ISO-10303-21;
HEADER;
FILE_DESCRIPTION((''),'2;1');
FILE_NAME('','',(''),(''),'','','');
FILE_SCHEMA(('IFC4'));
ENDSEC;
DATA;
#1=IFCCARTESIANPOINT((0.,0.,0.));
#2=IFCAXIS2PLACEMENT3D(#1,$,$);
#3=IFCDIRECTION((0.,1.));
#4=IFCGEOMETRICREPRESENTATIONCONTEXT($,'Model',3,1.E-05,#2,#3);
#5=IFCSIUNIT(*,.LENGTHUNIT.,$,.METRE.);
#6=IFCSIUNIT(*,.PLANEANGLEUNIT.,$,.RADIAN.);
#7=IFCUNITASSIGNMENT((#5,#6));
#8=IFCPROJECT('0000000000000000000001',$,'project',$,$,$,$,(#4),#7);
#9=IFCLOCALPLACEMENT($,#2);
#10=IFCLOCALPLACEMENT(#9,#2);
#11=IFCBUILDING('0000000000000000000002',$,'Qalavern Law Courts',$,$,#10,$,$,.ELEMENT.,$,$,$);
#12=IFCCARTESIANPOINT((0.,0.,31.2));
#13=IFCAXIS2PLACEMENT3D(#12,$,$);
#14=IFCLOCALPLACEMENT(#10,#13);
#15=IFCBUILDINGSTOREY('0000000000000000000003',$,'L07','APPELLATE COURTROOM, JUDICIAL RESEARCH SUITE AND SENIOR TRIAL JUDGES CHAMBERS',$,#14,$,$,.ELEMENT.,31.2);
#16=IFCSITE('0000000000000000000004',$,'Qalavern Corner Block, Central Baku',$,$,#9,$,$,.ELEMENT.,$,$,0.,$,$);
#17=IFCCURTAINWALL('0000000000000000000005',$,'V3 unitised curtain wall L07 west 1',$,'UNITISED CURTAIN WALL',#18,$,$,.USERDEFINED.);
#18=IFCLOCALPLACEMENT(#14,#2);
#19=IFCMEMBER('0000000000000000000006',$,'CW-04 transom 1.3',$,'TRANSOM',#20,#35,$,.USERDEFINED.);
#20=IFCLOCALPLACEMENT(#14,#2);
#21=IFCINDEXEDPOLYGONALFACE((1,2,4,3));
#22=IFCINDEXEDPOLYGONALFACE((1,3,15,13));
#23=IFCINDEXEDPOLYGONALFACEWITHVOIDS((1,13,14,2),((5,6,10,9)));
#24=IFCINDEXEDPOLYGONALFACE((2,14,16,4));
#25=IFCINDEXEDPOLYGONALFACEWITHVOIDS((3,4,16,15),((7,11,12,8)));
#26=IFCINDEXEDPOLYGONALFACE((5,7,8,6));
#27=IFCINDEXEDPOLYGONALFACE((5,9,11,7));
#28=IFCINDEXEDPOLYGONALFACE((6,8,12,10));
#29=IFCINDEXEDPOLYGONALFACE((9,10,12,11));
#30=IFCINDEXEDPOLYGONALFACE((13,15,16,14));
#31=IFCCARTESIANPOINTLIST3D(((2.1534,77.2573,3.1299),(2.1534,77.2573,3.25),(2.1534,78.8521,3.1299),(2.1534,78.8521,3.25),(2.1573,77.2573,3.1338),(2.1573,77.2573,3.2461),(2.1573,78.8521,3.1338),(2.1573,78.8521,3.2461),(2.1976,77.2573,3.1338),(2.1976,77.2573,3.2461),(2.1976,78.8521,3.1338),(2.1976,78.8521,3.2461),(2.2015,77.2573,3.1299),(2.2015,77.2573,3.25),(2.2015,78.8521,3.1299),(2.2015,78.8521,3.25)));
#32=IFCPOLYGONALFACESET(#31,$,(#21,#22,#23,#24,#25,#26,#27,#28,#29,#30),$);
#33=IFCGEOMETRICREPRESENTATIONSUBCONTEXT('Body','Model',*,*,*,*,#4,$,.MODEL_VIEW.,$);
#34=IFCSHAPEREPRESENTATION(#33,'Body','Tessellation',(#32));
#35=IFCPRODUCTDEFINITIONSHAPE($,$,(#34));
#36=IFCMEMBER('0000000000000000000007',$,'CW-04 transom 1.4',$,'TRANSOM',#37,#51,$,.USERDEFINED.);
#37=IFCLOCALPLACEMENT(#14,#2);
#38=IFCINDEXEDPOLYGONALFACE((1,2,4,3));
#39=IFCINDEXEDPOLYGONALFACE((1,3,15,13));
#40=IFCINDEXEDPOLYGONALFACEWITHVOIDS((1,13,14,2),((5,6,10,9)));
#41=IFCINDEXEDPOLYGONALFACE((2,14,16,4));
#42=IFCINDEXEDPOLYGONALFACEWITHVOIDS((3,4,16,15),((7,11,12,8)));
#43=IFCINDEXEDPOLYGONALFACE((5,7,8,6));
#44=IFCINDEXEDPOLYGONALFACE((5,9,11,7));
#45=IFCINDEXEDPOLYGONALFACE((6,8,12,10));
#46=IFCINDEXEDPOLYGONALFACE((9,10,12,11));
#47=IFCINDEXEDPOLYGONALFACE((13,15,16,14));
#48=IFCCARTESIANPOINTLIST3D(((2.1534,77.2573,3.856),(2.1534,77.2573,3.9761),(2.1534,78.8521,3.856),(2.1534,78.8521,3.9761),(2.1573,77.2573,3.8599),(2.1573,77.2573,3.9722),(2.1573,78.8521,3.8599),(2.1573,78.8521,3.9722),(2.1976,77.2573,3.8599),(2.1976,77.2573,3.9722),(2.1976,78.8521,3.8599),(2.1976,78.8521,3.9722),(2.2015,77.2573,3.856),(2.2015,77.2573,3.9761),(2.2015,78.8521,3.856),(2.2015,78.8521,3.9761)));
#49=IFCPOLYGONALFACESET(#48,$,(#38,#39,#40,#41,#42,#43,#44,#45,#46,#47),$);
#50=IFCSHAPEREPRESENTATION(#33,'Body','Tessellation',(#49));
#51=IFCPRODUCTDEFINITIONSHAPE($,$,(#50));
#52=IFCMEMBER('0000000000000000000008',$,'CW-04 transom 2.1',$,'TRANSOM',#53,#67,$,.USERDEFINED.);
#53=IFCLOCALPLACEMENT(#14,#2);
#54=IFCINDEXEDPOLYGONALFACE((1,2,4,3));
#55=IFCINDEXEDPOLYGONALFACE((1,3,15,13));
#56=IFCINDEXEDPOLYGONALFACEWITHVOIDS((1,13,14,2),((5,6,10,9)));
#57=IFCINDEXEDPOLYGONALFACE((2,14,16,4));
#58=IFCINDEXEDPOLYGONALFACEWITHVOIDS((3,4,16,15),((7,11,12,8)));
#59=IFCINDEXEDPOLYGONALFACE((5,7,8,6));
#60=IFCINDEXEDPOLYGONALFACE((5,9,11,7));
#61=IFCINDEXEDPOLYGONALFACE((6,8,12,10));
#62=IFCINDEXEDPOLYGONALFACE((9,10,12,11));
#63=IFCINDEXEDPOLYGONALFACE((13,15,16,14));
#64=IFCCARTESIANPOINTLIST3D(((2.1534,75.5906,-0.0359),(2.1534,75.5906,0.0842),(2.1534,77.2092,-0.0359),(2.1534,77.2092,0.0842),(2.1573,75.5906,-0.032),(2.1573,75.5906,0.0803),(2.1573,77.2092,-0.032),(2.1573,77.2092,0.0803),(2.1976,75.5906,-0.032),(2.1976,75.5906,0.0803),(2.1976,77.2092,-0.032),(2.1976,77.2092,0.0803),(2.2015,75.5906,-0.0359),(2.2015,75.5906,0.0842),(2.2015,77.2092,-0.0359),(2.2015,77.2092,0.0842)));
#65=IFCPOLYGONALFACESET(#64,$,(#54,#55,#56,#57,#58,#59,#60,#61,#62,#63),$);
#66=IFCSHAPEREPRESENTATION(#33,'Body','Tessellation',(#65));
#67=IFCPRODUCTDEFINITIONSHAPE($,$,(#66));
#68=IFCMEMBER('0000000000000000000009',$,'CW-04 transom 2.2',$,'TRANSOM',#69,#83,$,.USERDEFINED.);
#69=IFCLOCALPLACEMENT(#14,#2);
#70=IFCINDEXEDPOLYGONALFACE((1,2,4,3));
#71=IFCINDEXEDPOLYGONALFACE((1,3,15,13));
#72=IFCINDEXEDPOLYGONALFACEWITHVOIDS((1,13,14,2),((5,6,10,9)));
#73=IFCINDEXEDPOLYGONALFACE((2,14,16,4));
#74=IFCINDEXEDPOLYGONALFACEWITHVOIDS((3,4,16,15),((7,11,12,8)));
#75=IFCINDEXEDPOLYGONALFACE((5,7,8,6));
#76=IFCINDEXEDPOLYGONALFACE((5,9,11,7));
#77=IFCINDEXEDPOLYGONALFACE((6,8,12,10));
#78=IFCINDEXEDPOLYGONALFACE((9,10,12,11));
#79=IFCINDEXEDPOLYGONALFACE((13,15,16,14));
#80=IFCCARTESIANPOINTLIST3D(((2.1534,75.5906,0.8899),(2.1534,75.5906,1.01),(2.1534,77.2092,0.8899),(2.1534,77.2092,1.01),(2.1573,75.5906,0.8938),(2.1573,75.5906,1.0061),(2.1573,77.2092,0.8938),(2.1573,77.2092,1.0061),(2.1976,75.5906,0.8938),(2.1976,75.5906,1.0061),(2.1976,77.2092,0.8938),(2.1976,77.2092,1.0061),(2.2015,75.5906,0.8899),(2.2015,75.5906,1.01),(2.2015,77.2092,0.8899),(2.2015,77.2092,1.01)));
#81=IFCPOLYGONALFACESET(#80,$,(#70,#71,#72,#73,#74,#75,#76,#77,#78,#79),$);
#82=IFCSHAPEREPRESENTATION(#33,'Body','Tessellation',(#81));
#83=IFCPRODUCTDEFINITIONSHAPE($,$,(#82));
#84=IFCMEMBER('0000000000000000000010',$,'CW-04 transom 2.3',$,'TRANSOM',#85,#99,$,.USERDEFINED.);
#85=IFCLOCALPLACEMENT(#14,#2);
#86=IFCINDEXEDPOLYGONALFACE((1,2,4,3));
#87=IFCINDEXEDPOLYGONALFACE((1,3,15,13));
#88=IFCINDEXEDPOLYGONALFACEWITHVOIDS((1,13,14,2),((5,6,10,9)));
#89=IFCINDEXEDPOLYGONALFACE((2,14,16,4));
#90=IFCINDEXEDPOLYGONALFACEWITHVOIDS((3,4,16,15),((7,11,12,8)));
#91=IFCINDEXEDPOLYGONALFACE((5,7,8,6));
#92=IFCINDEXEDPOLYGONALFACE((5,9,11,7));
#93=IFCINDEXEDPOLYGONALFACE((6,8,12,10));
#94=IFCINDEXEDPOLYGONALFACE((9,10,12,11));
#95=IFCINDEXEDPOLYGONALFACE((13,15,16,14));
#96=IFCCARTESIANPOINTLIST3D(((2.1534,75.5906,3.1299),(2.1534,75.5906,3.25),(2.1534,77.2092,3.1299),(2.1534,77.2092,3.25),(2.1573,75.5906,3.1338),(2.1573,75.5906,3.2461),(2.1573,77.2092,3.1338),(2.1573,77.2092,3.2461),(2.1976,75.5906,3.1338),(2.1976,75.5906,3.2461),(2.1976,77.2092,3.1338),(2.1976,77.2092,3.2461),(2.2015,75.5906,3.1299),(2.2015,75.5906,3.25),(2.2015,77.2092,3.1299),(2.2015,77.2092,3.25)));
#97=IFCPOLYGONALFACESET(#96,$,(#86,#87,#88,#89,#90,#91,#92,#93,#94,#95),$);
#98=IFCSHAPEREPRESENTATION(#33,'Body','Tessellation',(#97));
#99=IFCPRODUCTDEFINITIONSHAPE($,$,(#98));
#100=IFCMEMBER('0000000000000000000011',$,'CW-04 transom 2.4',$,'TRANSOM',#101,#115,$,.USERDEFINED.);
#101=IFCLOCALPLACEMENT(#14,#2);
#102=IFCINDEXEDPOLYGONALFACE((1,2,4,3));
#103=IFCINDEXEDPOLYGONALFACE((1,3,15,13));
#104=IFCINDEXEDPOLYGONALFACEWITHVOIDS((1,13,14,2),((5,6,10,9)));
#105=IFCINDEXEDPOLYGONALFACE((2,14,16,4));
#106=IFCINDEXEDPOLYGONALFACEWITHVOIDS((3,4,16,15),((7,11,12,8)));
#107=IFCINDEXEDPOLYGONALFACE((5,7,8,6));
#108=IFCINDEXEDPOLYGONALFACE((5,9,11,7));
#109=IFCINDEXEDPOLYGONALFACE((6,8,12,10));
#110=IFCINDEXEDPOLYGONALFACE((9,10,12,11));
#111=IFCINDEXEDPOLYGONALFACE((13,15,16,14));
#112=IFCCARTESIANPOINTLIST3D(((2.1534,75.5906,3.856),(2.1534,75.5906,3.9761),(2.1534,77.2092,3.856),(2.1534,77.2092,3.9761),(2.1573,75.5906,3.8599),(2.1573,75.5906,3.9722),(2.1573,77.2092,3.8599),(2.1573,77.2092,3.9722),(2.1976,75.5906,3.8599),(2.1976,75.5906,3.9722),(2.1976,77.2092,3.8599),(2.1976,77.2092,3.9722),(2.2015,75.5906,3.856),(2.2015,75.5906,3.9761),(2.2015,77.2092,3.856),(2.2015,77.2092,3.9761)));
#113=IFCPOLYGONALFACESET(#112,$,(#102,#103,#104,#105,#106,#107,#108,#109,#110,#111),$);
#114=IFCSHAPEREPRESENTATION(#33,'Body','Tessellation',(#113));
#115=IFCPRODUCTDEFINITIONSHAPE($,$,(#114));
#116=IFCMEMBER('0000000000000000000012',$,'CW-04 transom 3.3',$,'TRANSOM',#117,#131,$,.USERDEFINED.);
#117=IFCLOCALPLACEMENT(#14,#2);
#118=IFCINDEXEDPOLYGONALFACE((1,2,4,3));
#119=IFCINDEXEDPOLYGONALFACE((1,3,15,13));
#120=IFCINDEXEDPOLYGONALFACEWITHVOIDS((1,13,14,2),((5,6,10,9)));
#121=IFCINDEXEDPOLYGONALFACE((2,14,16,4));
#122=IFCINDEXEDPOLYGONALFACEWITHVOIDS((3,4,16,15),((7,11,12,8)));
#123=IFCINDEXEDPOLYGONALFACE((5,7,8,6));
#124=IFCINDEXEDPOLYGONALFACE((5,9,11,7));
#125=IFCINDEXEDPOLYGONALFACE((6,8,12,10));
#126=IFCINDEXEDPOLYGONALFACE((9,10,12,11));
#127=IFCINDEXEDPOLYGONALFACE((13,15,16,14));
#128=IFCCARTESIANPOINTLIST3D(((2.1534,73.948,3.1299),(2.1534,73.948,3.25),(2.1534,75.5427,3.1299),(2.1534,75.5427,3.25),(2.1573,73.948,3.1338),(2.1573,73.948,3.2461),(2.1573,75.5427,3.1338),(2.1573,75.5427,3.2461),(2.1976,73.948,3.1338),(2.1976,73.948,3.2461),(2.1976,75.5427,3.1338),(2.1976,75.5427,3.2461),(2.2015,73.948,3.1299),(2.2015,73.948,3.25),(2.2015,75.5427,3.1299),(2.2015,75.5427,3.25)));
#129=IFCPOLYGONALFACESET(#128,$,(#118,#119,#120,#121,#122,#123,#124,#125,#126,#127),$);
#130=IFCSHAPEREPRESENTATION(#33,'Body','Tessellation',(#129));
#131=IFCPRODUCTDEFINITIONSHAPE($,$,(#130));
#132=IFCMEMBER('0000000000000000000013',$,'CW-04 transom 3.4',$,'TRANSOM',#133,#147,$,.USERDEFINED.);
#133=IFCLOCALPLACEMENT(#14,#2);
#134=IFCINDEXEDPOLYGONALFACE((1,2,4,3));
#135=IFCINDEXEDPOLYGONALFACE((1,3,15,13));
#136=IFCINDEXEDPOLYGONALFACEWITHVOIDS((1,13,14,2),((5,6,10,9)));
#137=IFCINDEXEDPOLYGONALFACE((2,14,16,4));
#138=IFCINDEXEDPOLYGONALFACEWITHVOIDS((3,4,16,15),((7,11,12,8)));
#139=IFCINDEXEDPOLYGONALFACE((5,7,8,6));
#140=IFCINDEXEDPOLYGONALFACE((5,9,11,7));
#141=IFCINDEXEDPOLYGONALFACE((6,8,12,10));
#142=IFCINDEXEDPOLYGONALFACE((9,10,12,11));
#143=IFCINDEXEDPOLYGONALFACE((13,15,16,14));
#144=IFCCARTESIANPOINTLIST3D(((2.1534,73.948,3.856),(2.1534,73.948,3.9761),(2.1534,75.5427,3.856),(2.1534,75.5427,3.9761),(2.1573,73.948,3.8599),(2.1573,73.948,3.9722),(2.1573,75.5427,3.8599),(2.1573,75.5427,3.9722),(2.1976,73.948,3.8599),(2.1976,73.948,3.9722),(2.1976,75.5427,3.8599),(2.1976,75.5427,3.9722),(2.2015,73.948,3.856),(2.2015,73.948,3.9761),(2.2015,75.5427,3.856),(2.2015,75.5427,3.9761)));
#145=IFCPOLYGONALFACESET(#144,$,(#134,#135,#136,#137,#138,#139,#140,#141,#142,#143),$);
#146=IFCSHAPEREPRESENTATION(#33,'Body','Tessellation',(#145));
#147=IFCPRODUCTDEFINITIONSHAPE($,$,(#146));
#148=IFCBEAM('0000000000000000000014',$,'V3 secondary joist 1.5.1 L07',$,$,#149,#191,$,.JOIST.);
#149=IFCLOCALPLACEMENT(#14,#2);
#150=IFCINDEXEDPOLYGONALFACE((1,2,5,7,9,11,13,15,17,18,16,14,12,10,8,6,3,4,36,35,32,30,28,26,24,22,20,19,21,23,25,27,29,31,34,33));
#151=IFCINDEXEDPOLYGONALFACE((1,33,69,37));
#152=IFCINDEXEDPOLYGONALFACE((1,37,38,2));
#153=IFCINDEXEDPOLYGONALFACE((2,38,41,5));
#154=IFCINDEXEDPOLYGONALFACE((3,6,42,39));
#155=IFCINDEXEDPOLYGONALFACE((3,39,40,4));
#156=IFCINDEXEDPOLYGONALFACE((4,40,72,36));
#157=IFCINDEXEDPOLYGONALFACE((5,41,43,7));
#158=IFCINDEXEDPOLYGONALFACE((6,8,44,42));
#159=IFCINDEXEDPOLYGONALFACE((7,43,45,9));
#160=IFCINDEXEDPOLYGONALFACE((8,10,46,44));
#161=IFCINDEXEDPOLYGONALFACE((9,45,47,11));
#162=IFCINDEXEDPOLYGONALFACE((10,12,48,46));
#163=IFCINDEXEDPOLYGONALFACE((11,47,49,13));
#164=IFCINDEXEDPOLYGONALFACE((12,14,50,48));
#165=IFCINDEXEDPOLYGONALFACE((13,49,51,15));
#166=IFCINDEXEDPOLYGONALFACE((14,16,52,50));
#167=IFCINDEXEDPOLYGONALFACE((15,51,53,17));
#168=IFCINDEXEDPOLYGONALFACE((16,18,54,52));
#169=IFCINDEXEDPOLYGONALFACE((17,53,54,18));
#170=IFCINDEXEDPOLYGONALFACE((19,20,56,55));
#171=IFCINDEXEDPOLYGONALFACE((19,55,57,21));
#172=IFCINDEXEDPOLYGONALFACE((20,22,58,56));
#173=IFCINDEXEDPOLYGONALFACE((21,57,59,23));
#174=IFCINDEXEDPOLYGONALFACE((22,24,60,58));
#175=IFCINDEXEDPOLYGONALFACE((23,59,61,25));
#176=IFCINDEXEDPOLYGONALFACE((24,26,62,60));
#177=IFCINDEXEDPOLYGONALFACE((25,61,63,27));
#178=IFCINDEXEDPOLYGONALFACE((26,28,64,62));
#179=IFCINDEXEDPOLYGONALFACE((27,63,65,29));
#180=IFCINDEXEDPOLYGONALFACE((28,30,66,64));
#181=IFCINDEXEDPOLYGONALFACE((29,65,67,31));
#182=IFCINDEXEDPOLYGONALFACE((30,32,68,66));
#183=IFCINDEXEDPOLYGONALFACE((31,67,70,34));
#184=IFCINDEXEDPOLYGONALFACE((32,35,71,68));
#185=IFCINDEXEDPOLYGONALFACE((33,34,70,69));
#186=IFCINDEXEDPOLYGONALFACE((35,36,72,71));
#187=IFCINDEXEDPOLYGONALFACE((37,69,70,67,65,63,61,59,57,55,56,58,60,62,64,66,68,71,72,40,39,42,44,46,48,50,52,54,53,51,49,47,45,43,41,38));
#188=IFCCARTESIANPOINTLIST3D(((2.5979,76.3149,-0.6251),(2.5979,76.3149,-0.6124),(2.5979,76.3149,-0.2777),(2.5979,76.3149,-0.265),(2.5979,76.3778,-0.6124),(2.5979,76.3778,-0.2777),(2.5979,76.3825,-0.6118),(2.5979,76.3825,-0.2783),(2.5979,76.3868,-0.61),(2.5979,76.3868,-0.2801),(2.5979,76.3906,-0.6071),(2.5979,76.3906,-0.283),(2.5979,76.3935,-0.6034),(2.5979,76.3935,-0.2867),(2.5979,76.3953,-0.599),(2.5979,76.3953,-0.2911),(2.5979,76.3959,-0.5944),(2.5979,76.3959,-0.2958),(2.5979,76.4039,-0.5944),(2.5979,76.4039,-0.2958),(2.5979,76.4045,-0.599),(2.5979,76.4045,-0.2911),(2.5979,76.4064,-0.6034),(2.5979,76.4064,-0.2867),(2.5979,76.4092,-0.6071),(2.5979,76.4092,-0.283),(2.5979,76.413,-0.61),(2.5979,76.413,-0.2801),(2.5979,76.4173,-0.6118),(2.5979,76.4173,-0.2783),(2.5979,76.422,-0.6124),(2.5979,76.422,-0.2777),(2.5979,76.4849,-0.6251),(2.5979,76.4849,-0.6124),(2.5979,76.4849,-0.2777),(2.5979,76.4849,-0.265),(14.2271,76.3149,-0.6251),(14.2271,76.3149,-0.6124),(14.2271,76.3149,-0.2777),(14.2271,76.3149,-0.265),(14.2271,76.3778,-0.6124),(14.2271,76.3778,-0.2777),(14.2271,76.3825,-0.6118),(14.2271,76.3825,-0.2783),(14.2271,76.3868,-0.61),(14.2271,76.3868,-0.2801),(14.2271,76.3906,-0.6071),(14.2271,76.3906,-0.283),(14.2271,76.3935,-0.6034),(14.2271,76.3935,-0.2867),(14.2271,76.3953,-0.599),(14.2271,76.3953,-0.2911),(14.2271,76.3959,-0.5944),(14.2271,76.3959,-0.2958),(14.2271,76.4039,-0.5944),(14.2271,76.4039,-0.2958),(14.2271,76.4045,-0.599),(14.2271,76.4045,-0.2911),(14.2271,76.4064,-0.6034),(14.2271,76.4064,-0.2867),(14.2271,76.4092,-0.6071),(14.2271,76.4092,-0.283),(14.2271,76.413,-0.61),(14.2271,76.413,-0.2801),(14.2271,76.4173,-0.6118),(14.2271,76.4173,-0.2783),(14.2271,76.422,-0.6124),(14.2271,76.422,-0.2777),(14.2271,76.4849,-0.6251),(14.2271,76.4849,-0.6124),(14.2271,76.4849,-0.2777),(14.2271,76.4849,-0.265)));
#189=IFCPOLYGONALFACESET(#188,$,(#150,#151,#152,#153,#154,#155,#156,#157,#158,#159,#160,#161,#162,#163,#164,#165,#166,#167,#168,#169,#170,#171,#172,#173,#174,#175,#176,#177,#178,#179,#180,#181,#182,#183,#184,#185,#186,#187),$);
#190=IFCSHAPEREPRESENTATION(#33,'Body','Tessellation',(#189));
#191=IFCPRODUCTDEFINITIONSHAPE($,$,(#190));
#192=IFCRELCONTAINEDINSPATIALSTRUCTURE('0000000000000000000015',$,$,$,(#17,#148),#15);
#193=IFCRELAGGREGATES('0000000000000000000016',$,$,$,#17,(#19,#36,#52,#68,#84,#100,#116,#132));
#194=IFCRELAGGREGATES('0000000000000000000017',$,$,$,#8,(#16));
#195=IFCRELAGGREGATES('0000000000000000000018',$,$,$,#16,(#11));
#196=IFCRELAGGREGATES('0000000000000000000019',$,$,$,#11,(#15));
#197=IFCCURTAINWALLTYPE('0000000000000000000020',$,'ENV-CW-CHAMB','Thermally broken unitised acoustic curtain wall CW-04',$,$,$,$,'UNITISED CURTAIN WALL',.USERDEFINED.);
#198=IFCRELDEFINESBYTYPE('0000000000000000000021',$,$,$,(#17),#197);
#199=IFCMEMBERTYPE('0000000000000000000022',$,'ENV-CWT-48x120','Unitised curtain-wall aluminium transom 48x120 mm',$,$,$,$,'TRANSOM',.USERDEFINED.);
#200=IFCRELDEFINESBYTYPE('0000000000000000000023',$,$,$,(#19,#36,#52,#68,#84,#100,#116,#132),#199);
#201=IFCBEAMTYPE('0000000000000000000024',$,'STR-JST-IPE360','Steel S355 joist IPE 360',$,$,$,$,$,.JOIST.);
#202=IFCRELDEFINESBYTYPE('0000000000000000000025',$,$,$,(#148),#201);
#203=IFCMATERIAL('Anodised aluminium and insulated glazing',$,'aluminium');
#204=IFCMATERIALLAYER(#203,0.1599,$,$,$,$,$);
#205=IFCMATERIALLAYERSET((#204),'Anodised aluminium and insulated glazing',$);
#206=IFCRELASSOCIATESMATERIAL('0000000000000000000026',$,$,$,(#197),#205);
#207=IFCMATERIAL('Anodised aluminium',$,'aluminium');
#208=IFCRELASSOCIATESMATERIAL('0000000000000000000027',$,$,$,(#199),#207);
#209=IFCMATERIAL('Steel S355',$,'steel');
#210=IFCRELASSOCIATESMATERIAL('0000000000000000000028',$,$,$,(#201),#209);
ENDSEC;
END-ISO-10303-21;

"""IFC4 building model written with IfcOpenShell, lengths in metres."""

from ifc_helpers import new_model, si_unit, direction, frame, origin, origin_2d, place, context, subcontext, project, spatial, hollow_rectangle, i_section, extrude, material, layer, layer_set, material_profile, profile_set, type_object, element, aggregate, save


model = new_model("IFC4")

# Units and contexts
model_context = context("Model", 3, precision=1e-05, world=origin(), true_north=direction((0.0, 1.0)))
body_context = subcontext(model_context, "Body", "Model", "MODEL_VIEW")
ifc_project = project(units=[si_unit("LENGTHUNIT", "METRE"), si_unit("PLANEANGLEUNIT", "RADIAN")], contexts=[model_context])

# Site, building, storey
site_placement = place(None, origin())
site = spatial("IfcSite", under=ifc_project, at=site_placement, Name="Qalavern Corner Block, Central Baku", CompositionType="ELEMENT", RefElevation=0.0)
building_placement = place(site_placement, origin())
building = spatial("IfcBuilding", under=site, at=building_placement, Name="Qalavern Law Courts", CompositionType="ELEMENT")
storey_placement = place(building_placement, frame((0.0, 0.0, 31.2)))
storey = spatial("IfcBuildingStorey", under=building, at=storey_placement, Name="L07", Description="APPELLATE COURTROOM, JUDICIAL RESEARCH SUITE AND SENIOR TRIAL JUDGES CHAMBERS", CompositionType="ELEMENT", Elevation=31.2)

# Shared definitions
ifc_material_1 = material(Name="Anodised aluminium and insulated glazing", Category="aluminium")
ifc_layer_1 = layer(ifc_material_1, 0.1599)
ifc_layer_set_1 = layer_set([ifc_layer_1], Name="Anodised aluminium and insulated glazing")
curtain_wall_type = type_object("IfcCurtainWallType", Name="ENV-CW-CHAMB", Description="Thermally broken unitised acoustic curtain wall CW-04", ElementType="UNITISED CURTAIN WALL", PredefinedType="USERDEFINED", material=ifc_layer_set_1)
ifc_material_2 = material(Name="Anodised aluminium", Category="aluminium")

# Curtain wall
curtain_wall_1_placement = place(storey_placement, origin())
curtain_wall_1 = element("IfcCurtainWall", 1, at=curtain_wall_1_placement, inside=storey, type_object=curtain_wall_type, Name="V3 unitised curtain wall L07 west 1", ObjectType="UNITISED CURTAIN WALL", PredefinedType="USERDEFINED")

# Members
ifc_material_profile_1 = material_profile(ifc_material_2, hollow_rectangle(XDim=0.0481, YDim=0.1201, WallThickness=0.0039, at=origin_2d()), Name="ALU TRANSOM 48x120")
ifc_profile_set_1 = profile_set([ifc_material_profile_1], Name="Anodised aluminium")
member_type_1 = type_object("IfcMemberType", Name="ENV-CWT-48x120", Description="Unitised curtain-wall aluminium transom 48x120 mm", ElementType="TRANSOM", PredefinedType="USERDEFINED", material=ifc_profile_set_1)
member_1_placement = place(storey_placement, frame((2.1775, 78.8521, 3.1899), z_axis=(0.0, -1.0, 0.0), x_axis=(1.0, 0.0, 0.0)))
member_1 = element("IfcMember", 2, at=member_1_placement, type_object=member_type_1, Name="CW-04 transom 1.3", ObjectType="TRANSOM", PredefinedType="USERDEFINED", context=body_context, shape_type="SweptSolid", body=[
    extrude(hollow_rectangle(XDim=0.0481, YDim=0.1201, WallThickness=0.0039, at=origin_2d()), origin(), (0.0, 0.0, 1.0), 1.5947),
])
member_2_placement = place(storey_placement, frame((2.1775, 78.8521, 3.916), z_axis=(0.0, -1.0, 0.0), x_axis=(1.0, 0.0, 0.0)))
member_2 = element("IfcMember", 3, at=member_2_placement, type_object=member_type_1, Name="CW-04 transom 1.4", ObjectType="TRANSOM", PredefinedType="USERDEFINED", context=body_context, shape_type="SweptSolid", body=[
    extrude(hollow_rectangle(XDim=0.0481, YDim=0.1201, WallThickness=0.0039, at=origin_2d()), origin(), (0.0, 0.0, 1.0), 1.5947),
])
member_3_placement = place(storey_placement, frame((2.1775, 77.2092, 0.0242), z_axis=(0.0, -1.0, 0.0), x_axis=(1.0, 0.0, 0.0)))
member_3 = element("IfcMember", 4, at=member_3_placement, type_object=member_type_1, Name="CW-04 transom 2.1", ObjectType="TRANSOM", PredefinedType="USERDEFINED", context=body_context, shape_type="SweptSolid", body=[
    extrude(hollow_rectangle(XDim=0.0481, YDim=0.1201, WallThickness=0.0039, at=origin_2d()), origin(), (0.0, 0.0, 1.0), 1.6187),
])
member_4_placement = place(storey_placement, frame((2.1775, 77.2092, 0.95), z_axis=(0.0, -1.0, 0.0), x_axis=(1.0, 0.0, 0.0)))
member_4 = element("IfcMember", 5, at=member_4_placement, type_object=member_type_1, Name="CW-04 transom 2.2", ObjectType="TRANSOM", PredefinedType="USERDEFINED", context=body_context, shape_type="SweptSolid", body=[
    extrude(hollow_rectangle(XDim=0.0481, YDim=0.1201, WallThickness=0.0039, at=origin_2d()), origin(), (0.0, 0.0, 1.0), 1.6187),
])
member_5_placement = place(storey_placement, frame((2.1775, 77.2092, 3.1899), z_axis=(0.0, -1.0, 0.0), x_axis=(1.0, 0.0, 0.0)))
member_5 = element("IfcMember", 6, at=member_5_placement, type_object=member_type_1, Name="CW-04 transom 2.3", ObjectType="TRANSOM", PredefinedType="USERDEFINED", context=body_context, shape_type="SweptSolid", body=[
    extrude(hollow_rectangle(XDim=0.0481, YDim=0.1201, WallThickness=0.0039, at=origin_2d()), origin(), (0.0, 0.0, 1.0), 1.6187),
])
member_6_placement = place(storey_placement, frame((2.1775, 77.2092, 3.916), z_axis=(0.0, -1.0, 0.0), x_axis=(1.0, 0.0, 0.0)))
member_6 = element("IfcMember", 7, at=member_6_placement, type_object=member_type_1, Name="CW-04 transom 2.4", ObjectType="TRANSOM", PredefinedType="USERDEFINED", context=body_context, shape_type="SweptSolid", body=[
    extrude(hollow_rectangle(XDim=0.0481, YDim=0.1201, WallThickness=0.0039, at=origin_2d()), origin(), (0.0, 0.0, 1.0), 1.6187),
])
member_7_placement = place(storey_placement, frame((2.1775, 75.5427, 3.1899), z_axis=(0.0, -1.0, 0.0), x_axis=(1.0, 0.0, 0.0)))
member_7 = element("IfcMember", 8, at=member_7_placement, type_object=member_type_1, Name="CW-04 transom 3.3", ObjectType="TRANSOM", PredefinedType="USERDEFINED", context=body_context, shape_type="SweptSolid", body=[
    extrude(hollow_rectangle(XDim=0.0481, YDim=0.1201, WallThickness=0.0039, at=origin_2d()), origin(), (0.0, 0.0, 1.0), 1.5947),
])
member_8_placement = place(storey_placement, frame((2.1775, 75.5427, 3.916), z_axis=(0.0, -1.0, 0.0), x_axis=(1.0, 0.0, 0.0)))
member_8 = element("IfcMember", 9, at=member_8_placement, type_object=member_type_1, Name="CW-04 transom 3.4", ObjectType="TRANSOM", PredefinedType="USERDEFINED", context=body_context, shape_type="SweptSolid", body=[
    extrude(hollow_rectangle(XDim=0.0481, YDim=0.1201, WallThickness=0.0039, at=origin_2d()), origin(), (0.0, 0.0, 1.0), 1.5947),
])

# Beam
ifc_material_3 = material(Name="Steel S355", Category="steel")
ifc_material_profile_2 = material_profile(ifc_material_3, i_section(OverallWidth=0.1699, OverallDepth=0.3601, WebThickness=0.0081, FlangeThickness=0.0127, FilletRadius=0.0181, at=origin_2d()), Name="IPE 360")
ifc_profile_set_2 = profile_set([ifc_material_profile_2], Name="Steel S355")
beam_type_1 = type_object("IfcBeamType", Name="STR-JST-IPE360", Description="Steel S355 joist IPE 360", PredefinedType="JOIST", material=ifc_profile_set_2)
beam_1_placement = place(storey_placement, frame((2.5979, 76.3999, -0.4451), z_axis=(1.0, 0.0, 0.0), x_axis=(0.0, 1.0, 0.0)))
element("IfcBeam", 10, at=beam_1_placement, inside=storey, type_object=beam_type_1, Name="V3 secondary joist 1.5.1 L07", PredefinedType="JOIST", context=body_context, shape_type="SweptSolid", body=[
    extrude(i_section(OverallWidth=0.1699, OverallDepth=0.3601, WebThickness=0.0081, FlangeThickness=0.0127, FilletRadius=0.0181, at=origin_2d()), origin(), (0.0, 0.0, 1.0), 11.6292),
])

aggregate(curtain_wall_1, [member_1, member_2, member_3, member_4, member_5, member_6, member_7, member_8])

save(model, "model.ifc")
